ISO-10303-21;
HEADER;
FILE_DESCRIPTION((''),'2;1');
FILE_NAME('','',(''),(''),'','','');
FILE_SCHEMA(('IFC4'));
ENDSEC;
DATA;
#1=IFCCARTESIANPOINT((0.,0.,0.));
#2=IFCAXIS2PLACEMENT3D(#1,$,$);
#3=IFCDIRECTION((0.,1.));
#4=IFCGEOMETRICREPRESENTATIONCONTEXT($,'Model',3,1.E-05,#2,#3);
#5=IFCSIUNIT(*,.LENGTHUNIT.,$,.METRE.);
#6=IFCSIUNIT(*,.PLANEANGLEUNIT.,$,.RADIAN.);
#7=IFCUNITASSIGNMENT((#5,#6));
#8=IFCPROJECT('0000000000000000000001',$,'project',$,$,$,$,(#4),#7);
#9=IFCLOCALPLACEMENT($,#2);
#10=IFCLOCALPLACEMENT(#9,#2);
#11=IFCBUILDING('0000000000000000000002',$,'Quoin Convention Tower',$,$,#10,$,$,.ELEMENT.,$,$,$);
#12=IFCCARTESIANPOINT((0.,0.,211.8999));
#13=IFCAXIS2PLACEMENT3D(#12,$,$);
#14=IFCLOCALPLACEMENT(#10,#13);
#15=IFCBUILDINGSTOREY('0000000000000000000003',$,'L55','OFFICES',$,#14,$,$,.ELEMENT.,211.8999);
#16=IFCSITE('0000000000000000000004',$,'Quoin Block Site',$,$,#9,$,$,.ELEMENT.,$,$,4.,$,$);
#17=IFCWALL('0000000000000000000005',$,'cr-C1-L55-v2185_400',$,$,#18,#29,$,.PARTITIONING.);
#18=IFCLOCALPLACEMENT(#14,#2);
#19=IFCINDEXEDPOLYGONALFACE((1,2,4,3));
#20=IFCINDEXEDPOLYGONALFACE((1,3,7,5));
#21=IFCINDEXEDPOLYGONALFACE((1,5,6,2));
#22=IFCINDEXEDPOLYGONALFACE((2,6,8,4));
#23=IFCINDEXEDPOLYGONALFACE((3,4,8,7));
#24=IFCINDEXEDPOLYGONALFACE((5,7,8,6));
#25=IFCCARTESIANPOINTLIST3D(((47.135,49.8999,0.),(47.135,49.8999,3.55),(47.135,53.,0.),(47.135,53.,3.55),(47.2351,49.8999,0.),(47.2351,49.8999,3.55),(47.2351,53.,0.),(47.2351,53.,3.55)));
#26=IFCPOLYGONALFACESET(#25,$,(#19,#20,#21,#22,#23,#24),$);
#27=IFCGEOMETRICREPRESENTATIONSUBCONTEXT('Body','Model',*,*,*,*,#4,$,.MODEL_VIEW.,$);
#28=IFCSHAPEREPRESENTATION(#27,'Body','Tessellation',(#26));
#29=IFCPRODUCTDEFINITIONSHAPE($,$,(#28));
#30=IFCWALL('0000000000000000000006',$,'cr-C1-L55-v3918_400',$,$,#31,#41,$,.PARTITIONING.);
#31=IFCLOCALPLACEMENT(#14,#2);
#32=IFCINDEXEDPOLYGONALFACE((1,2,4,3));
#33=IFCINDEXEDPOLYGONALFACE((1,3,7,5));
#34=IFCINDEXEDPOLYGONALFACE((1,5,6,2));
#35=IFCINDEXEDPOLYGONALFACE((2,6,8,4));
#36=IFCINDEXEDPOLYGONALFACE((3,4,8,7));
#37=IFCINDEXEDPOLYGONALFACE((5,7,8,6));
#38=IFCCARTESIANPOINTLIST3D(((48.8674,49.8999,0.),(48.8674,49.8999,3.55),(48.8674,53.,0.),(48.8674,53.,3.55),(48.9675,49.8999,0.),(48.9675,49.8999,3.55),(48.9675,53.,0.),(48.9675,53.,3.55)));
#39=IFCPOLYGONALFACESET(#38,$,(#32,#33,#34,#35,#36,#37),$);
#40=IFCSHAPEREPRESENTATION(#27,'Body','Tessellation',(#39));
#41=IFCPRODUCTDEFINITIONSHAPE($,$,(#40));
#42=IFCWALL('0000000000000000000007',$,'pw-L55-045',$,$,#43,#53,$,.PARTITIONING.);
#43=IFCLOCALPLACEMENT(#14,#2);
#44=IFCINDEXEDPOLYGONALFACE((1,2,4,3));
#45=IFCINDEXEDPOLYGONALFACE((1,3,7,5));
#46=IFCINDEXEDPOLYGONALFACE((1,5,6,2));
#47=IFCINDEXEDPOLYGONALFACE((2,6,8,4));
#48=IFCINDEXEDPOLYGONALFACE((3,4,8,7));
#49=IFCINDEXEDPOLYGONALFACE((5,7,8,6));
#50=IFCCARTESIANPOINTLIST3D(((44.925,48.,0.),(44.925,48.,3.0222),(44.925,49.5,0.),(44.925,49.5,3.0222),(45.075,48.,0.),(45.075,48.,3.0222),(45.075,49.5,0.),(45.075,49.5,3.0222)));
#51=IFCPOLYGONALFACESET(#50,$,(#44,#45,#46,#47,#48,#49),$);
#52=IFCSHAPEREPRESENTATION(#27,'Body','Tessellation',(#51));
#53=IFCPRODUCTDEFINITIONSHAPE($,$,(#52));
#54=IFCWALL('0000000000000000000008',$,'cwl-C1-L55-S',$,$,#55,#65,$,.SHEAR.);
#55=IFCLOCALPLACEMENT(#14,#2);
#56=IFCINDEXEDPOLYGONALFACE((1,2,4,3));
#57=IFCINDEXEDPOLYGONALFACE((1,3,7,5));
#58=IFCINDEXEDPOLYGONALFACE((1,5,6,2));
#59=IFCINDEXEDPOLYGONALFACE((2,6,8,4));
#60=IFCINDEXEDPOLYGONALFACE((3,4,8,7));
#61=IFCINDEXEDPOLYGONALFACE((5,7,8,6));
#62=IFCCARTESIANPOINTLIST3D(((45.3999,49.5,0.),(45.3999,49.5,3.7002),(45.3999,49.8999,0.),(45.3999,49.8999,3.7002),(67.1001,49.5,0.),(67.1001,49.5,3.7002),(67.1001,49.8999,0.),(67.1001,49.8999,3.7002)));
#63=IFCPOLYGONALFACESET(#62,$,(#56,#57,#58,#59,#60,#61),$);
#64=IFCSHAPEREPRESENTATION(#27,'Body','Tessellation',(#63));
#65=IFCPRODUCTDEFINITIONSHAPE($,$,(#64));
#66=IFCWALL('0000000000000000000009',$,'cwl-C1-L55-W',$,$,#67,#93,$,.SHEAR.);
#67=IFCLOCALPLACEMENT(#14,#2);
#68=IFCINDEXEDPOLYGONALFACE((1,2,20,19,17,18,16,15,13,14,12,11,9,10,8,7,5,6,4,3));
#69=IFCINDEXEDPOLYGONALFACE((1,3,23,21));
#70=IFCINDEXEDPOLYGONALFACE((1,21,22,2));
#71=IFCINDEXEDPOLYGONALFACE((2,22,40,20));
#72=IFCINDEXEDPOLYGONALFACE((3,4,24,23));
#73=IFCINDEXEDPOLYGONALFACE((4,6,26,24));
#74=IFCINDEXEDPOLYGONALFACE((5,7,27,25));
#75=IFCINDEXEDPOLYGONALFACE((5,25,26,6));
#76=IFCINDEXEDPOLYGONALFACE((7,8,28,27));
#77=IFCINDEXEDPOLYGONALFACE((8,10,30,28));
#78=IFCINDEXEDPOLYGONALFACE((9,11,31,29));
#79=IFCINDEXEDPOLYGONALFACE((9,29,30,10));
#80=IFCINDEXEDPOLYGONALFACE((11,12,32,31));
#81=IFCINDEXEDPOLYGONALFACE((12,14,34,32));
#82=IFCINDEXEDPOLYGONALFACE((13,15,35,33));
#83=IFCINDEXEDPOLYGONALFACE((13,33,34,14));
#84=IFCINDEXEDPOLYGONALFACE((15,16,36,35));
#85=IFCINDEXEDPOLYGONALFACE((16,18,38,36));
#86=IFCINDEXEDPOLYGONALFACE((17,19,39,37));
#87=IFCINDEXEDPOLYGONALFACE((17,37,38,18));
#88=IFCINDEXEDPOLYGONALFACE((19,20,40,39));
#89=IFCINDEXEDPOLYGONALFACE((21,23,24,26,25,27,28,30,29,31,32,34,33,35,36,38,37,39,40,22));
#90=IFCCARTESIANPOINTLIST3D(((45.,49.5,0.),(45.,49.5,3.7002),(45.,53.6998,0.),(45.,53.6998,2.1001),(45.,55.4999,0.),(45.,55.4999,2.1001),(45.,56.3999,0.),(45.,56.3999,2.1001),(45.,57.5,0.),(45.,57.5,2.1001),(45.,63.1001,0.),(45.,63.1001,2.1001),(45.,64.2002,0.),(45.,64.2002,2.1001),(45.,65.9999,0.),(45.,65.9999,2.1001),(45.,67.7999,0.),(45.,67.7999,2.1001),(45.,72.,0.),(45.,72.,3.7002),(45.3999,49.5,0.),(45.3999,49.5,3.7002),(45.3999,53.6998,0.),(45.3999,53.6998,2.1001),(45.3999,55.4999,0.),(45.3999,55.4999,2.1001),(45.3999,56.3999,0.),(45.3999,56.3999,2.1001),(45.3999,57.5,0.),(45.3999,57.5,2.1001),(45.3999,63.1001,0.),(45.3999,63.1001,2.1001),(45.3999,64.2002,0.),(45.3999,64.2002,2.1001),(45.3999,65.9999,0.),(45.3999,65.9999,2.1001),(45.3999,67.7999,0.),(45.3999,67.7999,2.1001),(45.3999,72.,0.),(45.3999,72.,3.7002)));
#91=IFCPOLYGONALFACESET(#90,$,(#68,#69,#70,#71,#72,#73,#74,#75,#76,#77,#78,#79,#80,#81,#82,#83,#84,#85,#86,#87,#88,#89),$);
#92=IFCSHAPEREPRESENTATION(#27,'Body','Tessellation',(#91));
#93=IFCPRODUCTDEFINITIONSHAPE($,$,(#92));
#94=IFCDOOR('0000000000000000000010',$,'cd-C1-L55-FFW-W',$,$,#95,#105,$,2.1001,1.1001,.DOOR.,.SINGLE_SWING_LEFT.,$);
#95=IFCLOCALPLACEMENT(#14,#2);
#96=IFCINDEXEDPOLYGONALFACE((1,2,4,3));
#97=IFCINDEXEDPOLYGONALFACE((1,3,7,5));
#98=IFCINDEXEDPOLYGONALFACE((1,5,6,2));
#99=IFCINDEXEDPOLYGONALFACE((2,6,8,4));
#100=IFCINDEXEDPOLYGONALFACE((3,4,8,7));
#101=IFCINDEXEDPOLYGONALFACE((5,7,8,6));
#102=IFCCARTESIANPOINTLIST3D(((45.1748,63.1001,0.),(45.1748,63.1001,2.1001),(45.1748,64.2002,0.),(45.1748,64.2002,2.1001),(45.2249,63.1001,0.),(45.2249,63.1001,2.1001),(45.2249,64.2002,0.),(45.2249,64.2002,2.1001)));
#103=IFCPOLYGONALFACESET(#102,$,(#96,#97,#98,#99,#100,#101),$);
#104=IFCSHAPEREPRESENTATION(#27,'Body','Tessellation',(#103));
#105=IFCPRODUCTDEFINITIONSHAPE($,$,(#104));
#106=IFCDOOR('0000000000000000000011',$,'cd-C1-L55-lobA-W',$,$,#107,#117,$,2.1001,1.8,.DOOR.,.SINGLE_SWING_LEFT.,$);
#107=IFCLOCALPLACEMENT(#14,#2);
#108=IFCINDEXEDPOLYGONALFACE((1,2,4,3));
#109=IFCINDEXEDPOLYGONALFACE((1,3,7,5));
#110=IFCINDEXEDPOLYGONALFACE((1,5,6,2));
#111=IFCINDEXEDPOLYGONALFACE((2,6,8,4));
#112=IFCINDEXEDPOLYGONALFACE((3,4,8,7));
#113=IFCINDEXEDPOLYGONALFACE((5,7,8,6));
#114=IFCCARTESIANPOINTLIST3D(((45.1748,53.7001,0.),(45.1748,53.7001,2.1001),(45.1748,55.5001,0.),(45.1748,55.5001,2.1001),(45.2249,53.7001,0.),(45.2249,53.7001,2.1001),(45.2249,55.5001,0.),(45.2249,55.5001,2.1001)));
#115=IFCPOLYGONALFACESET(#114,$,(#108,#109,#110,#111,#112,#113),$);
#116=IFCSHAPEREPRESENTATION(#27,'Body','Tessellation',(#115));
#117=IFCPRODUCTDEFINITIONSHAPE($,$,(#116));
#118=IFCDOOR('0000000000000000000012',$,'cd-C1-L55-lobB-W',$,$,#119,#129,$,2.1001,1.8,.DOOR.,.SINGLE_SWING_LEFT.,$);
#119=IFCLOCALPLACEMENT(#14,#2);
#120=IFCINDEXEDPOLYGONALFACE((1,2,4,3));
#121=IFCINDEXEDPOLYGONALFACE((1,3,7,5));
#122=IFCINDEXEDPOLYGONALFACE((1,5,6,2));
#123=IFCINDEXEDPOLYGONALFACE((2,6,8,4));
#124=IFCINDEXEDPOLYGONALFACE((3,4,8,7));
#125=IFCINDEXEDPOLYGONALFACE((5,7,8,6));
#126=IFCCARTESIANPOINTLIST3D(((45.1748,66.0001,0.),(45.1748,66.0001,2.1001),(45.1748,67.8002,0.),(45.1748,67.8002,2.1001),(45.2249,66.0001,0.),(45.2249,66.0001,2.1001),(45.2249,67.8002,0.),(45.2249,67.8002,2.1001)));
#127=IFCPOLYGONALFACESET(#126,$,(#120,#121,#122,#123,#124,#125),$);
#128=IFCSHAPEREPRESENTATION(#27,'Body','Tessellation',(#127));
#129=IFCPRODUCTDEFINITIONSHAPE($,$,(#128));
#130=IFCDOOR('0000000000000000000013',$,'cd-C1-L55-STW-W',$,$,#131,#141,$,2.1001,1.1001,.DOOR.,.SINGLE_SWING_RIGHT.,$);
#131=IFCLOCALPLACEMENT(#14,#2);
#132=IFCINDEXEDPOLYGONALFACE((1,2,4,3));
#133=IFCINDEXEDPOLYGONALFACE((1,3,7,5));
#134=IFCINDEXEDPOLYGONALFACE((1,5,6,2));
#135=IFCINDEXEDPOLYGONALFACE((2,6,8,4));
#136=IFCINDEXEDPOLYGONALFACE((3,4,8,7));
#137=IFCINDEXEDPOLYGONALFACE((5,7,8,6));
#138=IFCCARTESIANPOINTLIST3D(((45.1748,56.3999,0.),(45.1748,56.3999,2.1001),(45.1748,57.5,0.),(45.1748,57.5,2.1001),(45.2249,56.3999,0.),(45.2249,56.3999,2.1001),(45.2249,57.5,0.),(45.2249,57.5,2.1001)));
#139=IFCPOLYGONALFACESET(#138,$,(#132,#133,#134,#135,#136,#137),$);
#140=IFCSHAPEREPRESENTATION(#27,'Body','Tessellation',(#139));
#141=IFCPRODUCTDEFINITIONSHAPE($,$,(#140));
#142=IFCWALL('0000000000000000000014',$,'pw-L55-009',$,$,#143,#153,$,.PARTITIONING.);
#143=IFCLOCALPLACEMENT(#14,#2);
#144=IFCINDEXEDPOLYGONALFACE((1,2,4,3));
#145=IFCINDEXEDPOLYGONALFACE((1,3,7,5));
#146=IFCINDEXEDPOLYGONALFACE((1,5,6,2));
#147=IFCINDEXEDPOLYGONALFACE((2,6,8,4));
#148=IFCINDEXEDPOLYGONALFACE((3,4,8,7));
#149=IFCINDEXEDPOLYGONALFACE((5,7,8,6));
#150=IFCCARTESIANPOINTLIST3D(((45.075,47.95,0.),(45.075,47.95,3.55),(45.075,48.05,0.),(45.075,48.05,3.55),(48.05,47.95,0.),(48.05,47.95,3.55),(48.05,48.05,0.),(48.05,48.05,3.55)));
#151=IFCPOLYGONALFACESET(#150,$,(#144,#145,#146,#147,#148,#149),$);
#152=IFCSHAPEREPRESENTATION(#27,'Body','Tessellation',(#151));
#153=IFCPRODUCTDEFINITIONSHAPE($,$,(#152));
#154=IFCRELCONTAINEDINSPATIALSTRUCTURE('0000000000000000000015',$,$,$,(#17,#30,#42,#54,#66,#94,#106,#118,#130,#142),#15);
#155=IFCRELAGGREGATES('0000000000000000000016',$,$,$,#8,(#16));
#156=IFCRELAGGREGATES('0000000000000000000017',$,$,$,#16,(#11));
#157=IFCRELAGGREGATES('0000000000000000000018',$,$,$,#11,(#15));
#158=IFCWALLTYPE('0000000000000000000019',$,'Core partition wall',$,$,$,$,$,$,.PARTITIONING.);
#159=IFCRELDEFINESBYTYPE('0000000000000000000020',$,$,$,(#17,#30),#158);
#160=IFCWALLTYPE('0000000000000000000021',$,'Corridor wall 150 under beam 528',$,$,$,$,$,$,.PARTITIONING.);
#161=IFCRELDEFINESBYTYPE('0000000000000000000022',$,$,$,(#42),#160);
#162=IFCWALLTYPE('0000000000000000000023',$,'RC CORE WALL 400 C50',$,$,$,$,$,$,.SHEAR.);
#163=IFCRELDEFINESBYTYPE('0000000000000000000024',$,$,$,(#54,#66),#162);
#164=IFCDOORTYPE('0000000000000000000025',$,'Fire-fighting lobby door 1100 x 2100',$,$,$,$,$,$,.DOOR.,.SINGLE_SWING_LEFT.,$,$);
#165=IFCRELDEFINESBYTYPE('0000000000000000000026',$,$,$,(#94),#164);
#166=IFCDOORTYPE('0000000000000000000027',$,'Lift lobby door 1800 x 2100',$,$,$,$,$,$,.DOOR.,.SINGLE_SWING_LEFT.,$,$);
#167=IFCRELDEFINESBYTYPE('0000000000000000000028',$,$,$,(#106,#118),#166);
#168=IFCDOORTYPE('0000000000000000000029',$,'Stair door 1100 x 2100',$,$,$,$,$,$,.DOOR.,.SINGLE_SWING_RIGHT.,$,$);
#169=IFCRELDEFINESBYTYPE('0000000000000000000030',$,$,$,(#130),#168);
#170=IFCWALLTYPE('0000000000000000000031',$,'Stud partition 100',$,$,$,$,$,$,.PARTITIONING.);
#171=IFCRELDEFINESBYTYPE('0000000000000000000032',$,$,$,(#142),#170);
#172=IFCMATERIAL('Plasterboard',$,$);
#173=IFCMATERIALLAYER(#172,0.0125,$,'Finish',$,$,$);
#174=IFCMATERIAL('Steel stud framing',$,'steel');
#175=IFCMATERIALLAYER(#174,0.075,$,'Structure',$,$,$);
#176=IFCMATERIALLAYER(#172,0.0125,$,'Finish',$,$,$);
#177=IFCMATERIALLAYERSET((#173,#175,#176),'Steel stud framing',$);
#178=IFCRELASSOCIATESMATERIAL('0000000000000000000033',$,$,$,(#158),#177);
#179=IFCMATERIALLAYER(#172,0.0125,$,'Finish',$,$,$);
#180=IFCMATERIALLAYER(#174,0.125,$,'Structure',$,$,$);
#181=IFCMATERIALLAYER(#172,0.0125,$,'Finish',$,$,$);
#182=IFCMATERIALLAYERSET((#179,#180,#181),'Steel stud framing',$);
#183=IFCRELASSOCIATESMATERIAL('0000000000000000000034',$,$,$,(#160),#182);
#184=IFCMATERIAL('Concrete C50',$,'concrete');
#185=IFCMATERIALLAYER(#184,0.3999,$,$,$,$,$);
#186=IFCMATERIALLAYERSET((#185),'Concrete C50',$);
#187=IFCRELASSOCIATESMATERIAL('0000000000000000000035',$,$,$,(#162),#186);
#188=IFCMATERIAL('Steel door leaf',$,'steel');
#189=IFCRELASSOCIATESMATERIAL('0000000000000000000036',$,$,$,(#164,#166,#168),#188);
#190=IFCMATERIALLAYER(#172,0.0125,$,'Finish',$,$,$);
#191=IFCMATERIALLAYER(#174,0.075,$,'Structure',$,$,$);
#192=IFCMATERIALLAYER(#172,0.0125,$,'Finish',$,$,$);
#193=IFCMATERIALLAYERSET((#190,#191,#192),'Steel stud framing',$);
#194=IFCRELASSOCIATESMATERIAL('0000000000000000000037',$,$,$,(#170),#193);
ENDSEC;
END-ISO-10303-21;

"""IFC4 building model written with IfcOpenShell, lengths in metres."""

from ifc_helpers import new_model, si_unit, direction, frame, frame_2d, origin, place, context, subcontext, project, spatial, rectangle, extrude, material, layer, layer_set, type_object, element, fill, save


model = new_model("IFC4")

# Units and contexts
model_context = context("Model", 3, precision=1e-05, world=origin(), true_north=direction((0.0, 1.0)))
body_context = subcontext(model_context, "Body", "Model", "MODEL_VIEW")
ifc_project = project(units=[si_unit("LENGTHUNIT", "METRE"), si_unit("PLANEANGLEUNIT", "RADIAN")], contexts=[model_context])

# Site, building, storey
site_placement = place(None, origin())
site = spatial("IfcSite", under=ifc_project, at=site_placement, Name="Quoin Block Site", CompositionType="ELEMENT", RefElevation=4.0)
building_placement = place(site_placement, origin())
building = spatial("IfcBuilding", under=site, at=building_placement, Name="Quoin Convention Tower", CompositionType="ELEMENT")
storey_placement = place(building_placement, frame((0.0, 0.0, 211.8999)))
storey = spatial("IfcBuildingStorey", under=building, at=storey_placement, Name="L55", Description="OFFICES", CompositionType="ELEMENT", Elevation=211.8999)

# Shared definitions
ifc_material_1 = material(Name="Plasterboard")
ifc_layer_1 = layer(ifc_material_1, 0.0125, Name="Finish")
ifc_material_2 = material(Name="Steel stud framing", Category="steel")
ifc_layer_2 = layer(ifc_material_2, 0.075, Name="Structure")
ifc_layer_3 = layer(ifc_material_1, 0.0125, Name="Finish")
ifc_layer_set_1 = layer_set([ifc_layer_1, ifc_layer_2, ifc_layer_3], Name="Steel stud framing")
wall_type_1 = type_object("IfcWallType", Name="Core partition wall", PredefinedType="PARTITIONING", material=ifc_layer_set_1)
ifc_material_3 = material(Name="Steel door leaf", Category="steel")

# Walls
for number, where, z_axis, x_axis, name in (
    (1, (47.1851, 49.8999, 0.0), (0.0, 0.0, 1.0), (0.0, 1.0, 0.0), "cr-C1-L55-v2185_400"),
    (2, (48.9175, 49.8999, 0.0), (0.0, 0.0, 1.0), (0.0, 1.0, 0.0), "cr-C1-L55-v3918_400"),
):
    element("IfcWall", number, at=place(storey_placement, frame(where, z_axis=z_axis, x_axis=x_axis)), inside=storey, type_object=wall_type_1, Name=name, PredefinedType="PARTITIONING", context=body_context, shape_type="SweptSolid", body=[
        extrude(rectangle(XDim=3.1001, YDim=0.1001, at=frame_2d((1.55, 0.0))), origin(), (0.0, 0.0, 1.0), 3.55),
    ])
ifc_layer_4 = layer(ifc_material_1, 0.0125, Name="Finish")
ifc_layer_5 = layer(ifc_material_2, 0.125, Name="Structure")
ifc_layer_6 = layer(ifc_material_1, 0.0125, Name="Finish")
ifc_layer_set_2 = layer_set([ifc_layer_4, ifc_layer_5, ifc_layer_6], Name="Steel stud framing")
wall_type_2 = type_object("IfcWallType", Name="Corridor wall 150 under beam 528", PredefinedType="PARTITIONING", material=ifc_layer_set_2)
wall_1_placement = place(storey_placement, frame((45.0, 48.0, 0.0), z_axis=(0.0, 0.0, 1.0), x_axis=(0.0, 1.0, 0.0)))
element("IfcWall", 3, at=wall_1_placement, inside=storey, type_object=wall_type_2, Name="pw-L55-045", PredefinedType="PARTITIONING", context=body_context, shape_type="SweptSolid", body=[
    extrude(rectangle(XDim=1.5, YDim=0.1499, at=frame_2d((0.75, 0.0))), origin(), (0.0, 0.0, 1.0), 3.0222),
])
ifc_material_4 = material(Name="Concrete C50", Category="concrete")
ifc_layer_7 = layer(ifc_material_4, 0.3999)
ifc_layer_set_3 = layer_set([ifc_layer_7], Name="Concrete C50")
wall_type_3 = type_object("IfcWallType", Name="RC CORE WALL 400 C50", PredefinedType="SHEAR", material=ifc_layer_set_3)
wall_2_placement = place(storey_placement, frame((45.3999, 49.7, 0.0), z_axis=(0.0, 0.0, 1.0), x_axis=(1.0, 0.0, 0.0)))
element("IfcWall", 4, at=wall_2_placement, inside=storey, type_object=wall_type_3, Name="cwl-C1-L55-S", PredefinedType="SHEAR", context=body_context, shape_type="SweptSolid", body=[
    extrude(rectangle(XDim=21.7002, YDim=0.3999, at=frame_2d((10.8501, 0.0))), origin(), (0.0, 0.0, 1.0), 3.7002),
])

# Wall, openings, doors
wall_3_placement = place(storey_placement, frame((45.2, 49.5, 0.0), z_axis=(0.0, 0.0, 1.0), x_axis=(0.0, 1.0, 0.0)))
wall_3 = element("IfcWall", 5, at=wall_3_placement, inside=storey, type_object=wall_type_3, Name="cwl-C1-L55-W", PredefinedType="SHEAR", context=body_context, shape_type="SweptSolid", body=[
    extrude(rectangle(XDim=22.5, YDim=0.3999, at=frame_2d((11.25, 0.0))), origin(), (0.0, 0.0, 1.0), 3.7002),
])
opening_1_placement = place(wall_3_placement, frame((4.2, 0.0, 0.0)))
opening_1 = element("IfcOpeningElement", 6, at=opening_1_placement, cuts=wall_3, PredefinedType="OPENING", context=body_context, shape_type="SweptSolid", body=[
    extrude(rectangle(XDim=1.8, YDim=2.1001, at=frame_2d((0.8999, 1.05))), frame((0.0, 0.21, 0.0), z_axis=(0.0, -1.0, 0.0), x_axis=(1.0, 0.0, 0.0)), (0.0, 0.0, 1.0), 0.4199),
])
opening_2_placement = place(wall_3_placement, frame((6.8999, 0.0, 0.0)))
opening_2 = element("IfcOpeningElement", 7, at=opening_2_placement, cuts=wall_3, PredefinedType="OPENING", context=body_context, shape_type="SweptSolid", body=[
    extrude(rectangle(XDim=1.1001, YDim=2.1001, at=frame_2d((0.55, 1.05))), frame((0.0, 0.21, 0.0), z_axis=(0.0, -1.0, 0.0), x_axis=(1.0, 0.0, 0.0)), (0.0, 0.0, 1.0), 0.4199),
])
opening_3_placement = place(wall_3_placement, frame((13.6001, 0.0, 0.0)))
opening_3 = element("IfcOpeningElement", 8, at=opening_3_placement, cuts=wall_3, PredefinedType="OPENING", context=body_context, shape_type="SweptSolid", body=[
    extrude(rectangle(XDim=1.1001, YDim=2.1001, at=frame_2d((0.55, 1.05))), frame((0.0, 0.21, 0.0), z_axis=(0.0, -1.0, 0.0), x_axis=(1.0, 0.0, 0.0)), (0.0, 0.0, 1.0), 0.4199),
])
opening_4_placement = place(wall_3_placement, frame((16.5, 0.0, 0.0)))
opening_4 = element("IfcOpeningElement", 9, at=opening_4_placement, cuts=wall_3, PredefinedType="OPENING", context=body_context, shape_type="SweptSolid", body=[
    extrude(rectangle(XDim=1.8, YDim=2.1001, at=frame_2d((0.8999, 1.05))), frame((0.0, 0.21, 0.0), z_axis=(0.0, -1.0, 0.0), x_axis=(1.0, 0.0, 0.0)), (0.0, 0.0, 1.0), 0.4199),
])
door_type_1 = type_object("IfcDoorType", Name="Fire-fighting lobby door 1100 x 2100", OperationType="SINGLE_SWING_LEFT", PredefinedType="DOOR", material=ifc_material_3)
door_1_placement = place(opening_3_placement, frame((1.1001, 0.0, 0.0), z_axis=(0.0, 0.0, 1.0), x_axis=(-1.0, 0.0, 0.0)))
door_1 = element("IfcDoor", 10, at=door_1_placement, inside=storey, type_object=door_type_1, Name="cd-C1-L55-FFW-W", OperationType="SINGLE_SWING_LEFT", OverallHeight=2.1001, OverallWidth=1.1001, PredefinedType="DOOR", context=body_context, shape_type="SweptSolid", body=[
    extrude(rectangle(XDim=1.1001, YDim=2.1001, at=frame_2d((0.55, 1.05))), frame((0.0, 0.0249, 0.0), z_axis=(0.0, -1.0, 0.0), x_axis=(1.0, 0.0, 0.0)), (0.0, 0.0, 1.0), 0.05),
])
fill(opening_3, door_1)
door_type_2 = type_object("IfcDoorType", Name="Lift lobby door 1800 x 2100", OperationType="SINGLE_SWING_LEFT", PredefinedType="DOOR", material=ifc_material_3)
door_2_placement = place(opening_1_placement, frame((1.8, 0.0, 0.0), z_axis=(0.0, 0.0, 1.0), x_axis=(-1.0, 0.0, 0.0)))
door_2 = element("IfcDoor", 11, at=door_2_placement, inside=storey, type_object=door_type_2, Name="cd-C1-L55-lobA-W", OperationType="SINGLE_SWING_LEFT", OverallHeight=2.1001, OverallWidth=1.8, PredefinedType="DOOR", context=body_context, shape_type="SweptSolid", body=[
    extrude(rectangle(XDim=1.8, YDim=2.1001, at=frame_2d((0.8999, 1.05))), frame((0.0, 0.0249, 0.0), z_axis=(0.0, -1.0, 0.0), x_axis=(1.0, 0.0, 0.0)), (0.0, 0.0, 1.0), 0.05),
])
fill(opening_1, door_2)
door_3_placement = place(opening_4_placement, frame((1.8, 0.0, 0.0), z_axis=(0.0, 0.0, 1.0), x_axis=(-1.0, 0.0, 0.0)))
door_3 = element("IfcDoor", 12, at=door_3_placement, inside=storey, type_object=door_type_2, Name="cd-C1-L55-lobB-W", OperationType="SINGLE_SWING_LEFT", OverallHeight=2.1001, OverallWidth=1.8, PredefinedType="DOOR", context=body_context, shape_type="SweptSolid", body=[
    extrude(rectangle(XDim=1.8, YDim=2.1001, at=frame_2d((0.8999, 1.05))), frame((0.0, 0.0249, 0.0), z_axis=(0.0, -1.0, 0.0), x_axis=(1.0, 0.0, 0.0)), (0.0, 0.0, 1.0), 0.05),
])
fill(opening_4, door_3)
door_type_3 = type_object("IfcDoorType", Name="Stair door 1100 x 2100", OperationType="SINGLE_SWING_RIGHT", PredefinedType="DOOR", material=ifc_material_3)
door_4_placement = place(opening_2_placement, frame((1.1001, 0.0, 0.0), z_axis=(0.0, 0.0, 1.0), x_axis=(-1.0, 0.0, 0.0)))
door_4 = element("IfcDoor", 13, at=door_4_placement, inside=storey, type_object=door_type_3, Name="cd-C1-L55-STW-W", OperationType="SINGLE_SWING_RIGHT", OverallHeight=2.1001, OverallWidth=1.1001, PredefinedType="DOOR", context=body_context, shape_type="SweptSolid", body=[
    extrude(rectangle(XDim=1.1001, YDim=2.1001, at=frame_2d((0.55, 1.05))), frame((0.0, 0.0249, 0.0), z_axis=(0.0, -1.0, 0.0), x_axis=(1.0, 0.0, 0.0)), (0.0, 0.0, 1.0), 0.05),
])
fill(opening_2, door_4)

# Wall
ifc_layer_8 = layer(ifc_material_1, 0.0125, Name="Finish")
ifc_layer_9 = layer(ifc_material_2, 0.075, Name="Structure")
ifc_layer_10 = layer(ifc_material_1, 0.0125, Name="Finish")
ifc_layer_set_4 = layer_set([ifc_layer_8, ifc_layer_9, ifc_layer_10], Name="Steel stud framing")
wall_type_4 = type_object("IfcWallType", Name="Stud partition 100", PredefinedType="PARTITIONING", material=ifc_layer_set_4)
wall_4_placement = place(storey_placement, frame((45.075, 48.0, 0.0), z_axis=(0.0, 0.0, 1.0), x_axis=(1.0, 0.0, 0.0)))
element("IfcWall", 14, at=wall_4_placement, inside=storey, type_object=wall_type_4, Name="pw-L55-009", PredefinedType="PARTITIONING", context=body_context, shape_type="SweptSolid", body=[
    extrude(rectangle(XDim=2.9751, YDim=0.1001, at=frame_2d((1.4875, 0.0))), origin(), (0.0, 0.0, 1.0), 3.55),
])

save(model, "model.ifc")
